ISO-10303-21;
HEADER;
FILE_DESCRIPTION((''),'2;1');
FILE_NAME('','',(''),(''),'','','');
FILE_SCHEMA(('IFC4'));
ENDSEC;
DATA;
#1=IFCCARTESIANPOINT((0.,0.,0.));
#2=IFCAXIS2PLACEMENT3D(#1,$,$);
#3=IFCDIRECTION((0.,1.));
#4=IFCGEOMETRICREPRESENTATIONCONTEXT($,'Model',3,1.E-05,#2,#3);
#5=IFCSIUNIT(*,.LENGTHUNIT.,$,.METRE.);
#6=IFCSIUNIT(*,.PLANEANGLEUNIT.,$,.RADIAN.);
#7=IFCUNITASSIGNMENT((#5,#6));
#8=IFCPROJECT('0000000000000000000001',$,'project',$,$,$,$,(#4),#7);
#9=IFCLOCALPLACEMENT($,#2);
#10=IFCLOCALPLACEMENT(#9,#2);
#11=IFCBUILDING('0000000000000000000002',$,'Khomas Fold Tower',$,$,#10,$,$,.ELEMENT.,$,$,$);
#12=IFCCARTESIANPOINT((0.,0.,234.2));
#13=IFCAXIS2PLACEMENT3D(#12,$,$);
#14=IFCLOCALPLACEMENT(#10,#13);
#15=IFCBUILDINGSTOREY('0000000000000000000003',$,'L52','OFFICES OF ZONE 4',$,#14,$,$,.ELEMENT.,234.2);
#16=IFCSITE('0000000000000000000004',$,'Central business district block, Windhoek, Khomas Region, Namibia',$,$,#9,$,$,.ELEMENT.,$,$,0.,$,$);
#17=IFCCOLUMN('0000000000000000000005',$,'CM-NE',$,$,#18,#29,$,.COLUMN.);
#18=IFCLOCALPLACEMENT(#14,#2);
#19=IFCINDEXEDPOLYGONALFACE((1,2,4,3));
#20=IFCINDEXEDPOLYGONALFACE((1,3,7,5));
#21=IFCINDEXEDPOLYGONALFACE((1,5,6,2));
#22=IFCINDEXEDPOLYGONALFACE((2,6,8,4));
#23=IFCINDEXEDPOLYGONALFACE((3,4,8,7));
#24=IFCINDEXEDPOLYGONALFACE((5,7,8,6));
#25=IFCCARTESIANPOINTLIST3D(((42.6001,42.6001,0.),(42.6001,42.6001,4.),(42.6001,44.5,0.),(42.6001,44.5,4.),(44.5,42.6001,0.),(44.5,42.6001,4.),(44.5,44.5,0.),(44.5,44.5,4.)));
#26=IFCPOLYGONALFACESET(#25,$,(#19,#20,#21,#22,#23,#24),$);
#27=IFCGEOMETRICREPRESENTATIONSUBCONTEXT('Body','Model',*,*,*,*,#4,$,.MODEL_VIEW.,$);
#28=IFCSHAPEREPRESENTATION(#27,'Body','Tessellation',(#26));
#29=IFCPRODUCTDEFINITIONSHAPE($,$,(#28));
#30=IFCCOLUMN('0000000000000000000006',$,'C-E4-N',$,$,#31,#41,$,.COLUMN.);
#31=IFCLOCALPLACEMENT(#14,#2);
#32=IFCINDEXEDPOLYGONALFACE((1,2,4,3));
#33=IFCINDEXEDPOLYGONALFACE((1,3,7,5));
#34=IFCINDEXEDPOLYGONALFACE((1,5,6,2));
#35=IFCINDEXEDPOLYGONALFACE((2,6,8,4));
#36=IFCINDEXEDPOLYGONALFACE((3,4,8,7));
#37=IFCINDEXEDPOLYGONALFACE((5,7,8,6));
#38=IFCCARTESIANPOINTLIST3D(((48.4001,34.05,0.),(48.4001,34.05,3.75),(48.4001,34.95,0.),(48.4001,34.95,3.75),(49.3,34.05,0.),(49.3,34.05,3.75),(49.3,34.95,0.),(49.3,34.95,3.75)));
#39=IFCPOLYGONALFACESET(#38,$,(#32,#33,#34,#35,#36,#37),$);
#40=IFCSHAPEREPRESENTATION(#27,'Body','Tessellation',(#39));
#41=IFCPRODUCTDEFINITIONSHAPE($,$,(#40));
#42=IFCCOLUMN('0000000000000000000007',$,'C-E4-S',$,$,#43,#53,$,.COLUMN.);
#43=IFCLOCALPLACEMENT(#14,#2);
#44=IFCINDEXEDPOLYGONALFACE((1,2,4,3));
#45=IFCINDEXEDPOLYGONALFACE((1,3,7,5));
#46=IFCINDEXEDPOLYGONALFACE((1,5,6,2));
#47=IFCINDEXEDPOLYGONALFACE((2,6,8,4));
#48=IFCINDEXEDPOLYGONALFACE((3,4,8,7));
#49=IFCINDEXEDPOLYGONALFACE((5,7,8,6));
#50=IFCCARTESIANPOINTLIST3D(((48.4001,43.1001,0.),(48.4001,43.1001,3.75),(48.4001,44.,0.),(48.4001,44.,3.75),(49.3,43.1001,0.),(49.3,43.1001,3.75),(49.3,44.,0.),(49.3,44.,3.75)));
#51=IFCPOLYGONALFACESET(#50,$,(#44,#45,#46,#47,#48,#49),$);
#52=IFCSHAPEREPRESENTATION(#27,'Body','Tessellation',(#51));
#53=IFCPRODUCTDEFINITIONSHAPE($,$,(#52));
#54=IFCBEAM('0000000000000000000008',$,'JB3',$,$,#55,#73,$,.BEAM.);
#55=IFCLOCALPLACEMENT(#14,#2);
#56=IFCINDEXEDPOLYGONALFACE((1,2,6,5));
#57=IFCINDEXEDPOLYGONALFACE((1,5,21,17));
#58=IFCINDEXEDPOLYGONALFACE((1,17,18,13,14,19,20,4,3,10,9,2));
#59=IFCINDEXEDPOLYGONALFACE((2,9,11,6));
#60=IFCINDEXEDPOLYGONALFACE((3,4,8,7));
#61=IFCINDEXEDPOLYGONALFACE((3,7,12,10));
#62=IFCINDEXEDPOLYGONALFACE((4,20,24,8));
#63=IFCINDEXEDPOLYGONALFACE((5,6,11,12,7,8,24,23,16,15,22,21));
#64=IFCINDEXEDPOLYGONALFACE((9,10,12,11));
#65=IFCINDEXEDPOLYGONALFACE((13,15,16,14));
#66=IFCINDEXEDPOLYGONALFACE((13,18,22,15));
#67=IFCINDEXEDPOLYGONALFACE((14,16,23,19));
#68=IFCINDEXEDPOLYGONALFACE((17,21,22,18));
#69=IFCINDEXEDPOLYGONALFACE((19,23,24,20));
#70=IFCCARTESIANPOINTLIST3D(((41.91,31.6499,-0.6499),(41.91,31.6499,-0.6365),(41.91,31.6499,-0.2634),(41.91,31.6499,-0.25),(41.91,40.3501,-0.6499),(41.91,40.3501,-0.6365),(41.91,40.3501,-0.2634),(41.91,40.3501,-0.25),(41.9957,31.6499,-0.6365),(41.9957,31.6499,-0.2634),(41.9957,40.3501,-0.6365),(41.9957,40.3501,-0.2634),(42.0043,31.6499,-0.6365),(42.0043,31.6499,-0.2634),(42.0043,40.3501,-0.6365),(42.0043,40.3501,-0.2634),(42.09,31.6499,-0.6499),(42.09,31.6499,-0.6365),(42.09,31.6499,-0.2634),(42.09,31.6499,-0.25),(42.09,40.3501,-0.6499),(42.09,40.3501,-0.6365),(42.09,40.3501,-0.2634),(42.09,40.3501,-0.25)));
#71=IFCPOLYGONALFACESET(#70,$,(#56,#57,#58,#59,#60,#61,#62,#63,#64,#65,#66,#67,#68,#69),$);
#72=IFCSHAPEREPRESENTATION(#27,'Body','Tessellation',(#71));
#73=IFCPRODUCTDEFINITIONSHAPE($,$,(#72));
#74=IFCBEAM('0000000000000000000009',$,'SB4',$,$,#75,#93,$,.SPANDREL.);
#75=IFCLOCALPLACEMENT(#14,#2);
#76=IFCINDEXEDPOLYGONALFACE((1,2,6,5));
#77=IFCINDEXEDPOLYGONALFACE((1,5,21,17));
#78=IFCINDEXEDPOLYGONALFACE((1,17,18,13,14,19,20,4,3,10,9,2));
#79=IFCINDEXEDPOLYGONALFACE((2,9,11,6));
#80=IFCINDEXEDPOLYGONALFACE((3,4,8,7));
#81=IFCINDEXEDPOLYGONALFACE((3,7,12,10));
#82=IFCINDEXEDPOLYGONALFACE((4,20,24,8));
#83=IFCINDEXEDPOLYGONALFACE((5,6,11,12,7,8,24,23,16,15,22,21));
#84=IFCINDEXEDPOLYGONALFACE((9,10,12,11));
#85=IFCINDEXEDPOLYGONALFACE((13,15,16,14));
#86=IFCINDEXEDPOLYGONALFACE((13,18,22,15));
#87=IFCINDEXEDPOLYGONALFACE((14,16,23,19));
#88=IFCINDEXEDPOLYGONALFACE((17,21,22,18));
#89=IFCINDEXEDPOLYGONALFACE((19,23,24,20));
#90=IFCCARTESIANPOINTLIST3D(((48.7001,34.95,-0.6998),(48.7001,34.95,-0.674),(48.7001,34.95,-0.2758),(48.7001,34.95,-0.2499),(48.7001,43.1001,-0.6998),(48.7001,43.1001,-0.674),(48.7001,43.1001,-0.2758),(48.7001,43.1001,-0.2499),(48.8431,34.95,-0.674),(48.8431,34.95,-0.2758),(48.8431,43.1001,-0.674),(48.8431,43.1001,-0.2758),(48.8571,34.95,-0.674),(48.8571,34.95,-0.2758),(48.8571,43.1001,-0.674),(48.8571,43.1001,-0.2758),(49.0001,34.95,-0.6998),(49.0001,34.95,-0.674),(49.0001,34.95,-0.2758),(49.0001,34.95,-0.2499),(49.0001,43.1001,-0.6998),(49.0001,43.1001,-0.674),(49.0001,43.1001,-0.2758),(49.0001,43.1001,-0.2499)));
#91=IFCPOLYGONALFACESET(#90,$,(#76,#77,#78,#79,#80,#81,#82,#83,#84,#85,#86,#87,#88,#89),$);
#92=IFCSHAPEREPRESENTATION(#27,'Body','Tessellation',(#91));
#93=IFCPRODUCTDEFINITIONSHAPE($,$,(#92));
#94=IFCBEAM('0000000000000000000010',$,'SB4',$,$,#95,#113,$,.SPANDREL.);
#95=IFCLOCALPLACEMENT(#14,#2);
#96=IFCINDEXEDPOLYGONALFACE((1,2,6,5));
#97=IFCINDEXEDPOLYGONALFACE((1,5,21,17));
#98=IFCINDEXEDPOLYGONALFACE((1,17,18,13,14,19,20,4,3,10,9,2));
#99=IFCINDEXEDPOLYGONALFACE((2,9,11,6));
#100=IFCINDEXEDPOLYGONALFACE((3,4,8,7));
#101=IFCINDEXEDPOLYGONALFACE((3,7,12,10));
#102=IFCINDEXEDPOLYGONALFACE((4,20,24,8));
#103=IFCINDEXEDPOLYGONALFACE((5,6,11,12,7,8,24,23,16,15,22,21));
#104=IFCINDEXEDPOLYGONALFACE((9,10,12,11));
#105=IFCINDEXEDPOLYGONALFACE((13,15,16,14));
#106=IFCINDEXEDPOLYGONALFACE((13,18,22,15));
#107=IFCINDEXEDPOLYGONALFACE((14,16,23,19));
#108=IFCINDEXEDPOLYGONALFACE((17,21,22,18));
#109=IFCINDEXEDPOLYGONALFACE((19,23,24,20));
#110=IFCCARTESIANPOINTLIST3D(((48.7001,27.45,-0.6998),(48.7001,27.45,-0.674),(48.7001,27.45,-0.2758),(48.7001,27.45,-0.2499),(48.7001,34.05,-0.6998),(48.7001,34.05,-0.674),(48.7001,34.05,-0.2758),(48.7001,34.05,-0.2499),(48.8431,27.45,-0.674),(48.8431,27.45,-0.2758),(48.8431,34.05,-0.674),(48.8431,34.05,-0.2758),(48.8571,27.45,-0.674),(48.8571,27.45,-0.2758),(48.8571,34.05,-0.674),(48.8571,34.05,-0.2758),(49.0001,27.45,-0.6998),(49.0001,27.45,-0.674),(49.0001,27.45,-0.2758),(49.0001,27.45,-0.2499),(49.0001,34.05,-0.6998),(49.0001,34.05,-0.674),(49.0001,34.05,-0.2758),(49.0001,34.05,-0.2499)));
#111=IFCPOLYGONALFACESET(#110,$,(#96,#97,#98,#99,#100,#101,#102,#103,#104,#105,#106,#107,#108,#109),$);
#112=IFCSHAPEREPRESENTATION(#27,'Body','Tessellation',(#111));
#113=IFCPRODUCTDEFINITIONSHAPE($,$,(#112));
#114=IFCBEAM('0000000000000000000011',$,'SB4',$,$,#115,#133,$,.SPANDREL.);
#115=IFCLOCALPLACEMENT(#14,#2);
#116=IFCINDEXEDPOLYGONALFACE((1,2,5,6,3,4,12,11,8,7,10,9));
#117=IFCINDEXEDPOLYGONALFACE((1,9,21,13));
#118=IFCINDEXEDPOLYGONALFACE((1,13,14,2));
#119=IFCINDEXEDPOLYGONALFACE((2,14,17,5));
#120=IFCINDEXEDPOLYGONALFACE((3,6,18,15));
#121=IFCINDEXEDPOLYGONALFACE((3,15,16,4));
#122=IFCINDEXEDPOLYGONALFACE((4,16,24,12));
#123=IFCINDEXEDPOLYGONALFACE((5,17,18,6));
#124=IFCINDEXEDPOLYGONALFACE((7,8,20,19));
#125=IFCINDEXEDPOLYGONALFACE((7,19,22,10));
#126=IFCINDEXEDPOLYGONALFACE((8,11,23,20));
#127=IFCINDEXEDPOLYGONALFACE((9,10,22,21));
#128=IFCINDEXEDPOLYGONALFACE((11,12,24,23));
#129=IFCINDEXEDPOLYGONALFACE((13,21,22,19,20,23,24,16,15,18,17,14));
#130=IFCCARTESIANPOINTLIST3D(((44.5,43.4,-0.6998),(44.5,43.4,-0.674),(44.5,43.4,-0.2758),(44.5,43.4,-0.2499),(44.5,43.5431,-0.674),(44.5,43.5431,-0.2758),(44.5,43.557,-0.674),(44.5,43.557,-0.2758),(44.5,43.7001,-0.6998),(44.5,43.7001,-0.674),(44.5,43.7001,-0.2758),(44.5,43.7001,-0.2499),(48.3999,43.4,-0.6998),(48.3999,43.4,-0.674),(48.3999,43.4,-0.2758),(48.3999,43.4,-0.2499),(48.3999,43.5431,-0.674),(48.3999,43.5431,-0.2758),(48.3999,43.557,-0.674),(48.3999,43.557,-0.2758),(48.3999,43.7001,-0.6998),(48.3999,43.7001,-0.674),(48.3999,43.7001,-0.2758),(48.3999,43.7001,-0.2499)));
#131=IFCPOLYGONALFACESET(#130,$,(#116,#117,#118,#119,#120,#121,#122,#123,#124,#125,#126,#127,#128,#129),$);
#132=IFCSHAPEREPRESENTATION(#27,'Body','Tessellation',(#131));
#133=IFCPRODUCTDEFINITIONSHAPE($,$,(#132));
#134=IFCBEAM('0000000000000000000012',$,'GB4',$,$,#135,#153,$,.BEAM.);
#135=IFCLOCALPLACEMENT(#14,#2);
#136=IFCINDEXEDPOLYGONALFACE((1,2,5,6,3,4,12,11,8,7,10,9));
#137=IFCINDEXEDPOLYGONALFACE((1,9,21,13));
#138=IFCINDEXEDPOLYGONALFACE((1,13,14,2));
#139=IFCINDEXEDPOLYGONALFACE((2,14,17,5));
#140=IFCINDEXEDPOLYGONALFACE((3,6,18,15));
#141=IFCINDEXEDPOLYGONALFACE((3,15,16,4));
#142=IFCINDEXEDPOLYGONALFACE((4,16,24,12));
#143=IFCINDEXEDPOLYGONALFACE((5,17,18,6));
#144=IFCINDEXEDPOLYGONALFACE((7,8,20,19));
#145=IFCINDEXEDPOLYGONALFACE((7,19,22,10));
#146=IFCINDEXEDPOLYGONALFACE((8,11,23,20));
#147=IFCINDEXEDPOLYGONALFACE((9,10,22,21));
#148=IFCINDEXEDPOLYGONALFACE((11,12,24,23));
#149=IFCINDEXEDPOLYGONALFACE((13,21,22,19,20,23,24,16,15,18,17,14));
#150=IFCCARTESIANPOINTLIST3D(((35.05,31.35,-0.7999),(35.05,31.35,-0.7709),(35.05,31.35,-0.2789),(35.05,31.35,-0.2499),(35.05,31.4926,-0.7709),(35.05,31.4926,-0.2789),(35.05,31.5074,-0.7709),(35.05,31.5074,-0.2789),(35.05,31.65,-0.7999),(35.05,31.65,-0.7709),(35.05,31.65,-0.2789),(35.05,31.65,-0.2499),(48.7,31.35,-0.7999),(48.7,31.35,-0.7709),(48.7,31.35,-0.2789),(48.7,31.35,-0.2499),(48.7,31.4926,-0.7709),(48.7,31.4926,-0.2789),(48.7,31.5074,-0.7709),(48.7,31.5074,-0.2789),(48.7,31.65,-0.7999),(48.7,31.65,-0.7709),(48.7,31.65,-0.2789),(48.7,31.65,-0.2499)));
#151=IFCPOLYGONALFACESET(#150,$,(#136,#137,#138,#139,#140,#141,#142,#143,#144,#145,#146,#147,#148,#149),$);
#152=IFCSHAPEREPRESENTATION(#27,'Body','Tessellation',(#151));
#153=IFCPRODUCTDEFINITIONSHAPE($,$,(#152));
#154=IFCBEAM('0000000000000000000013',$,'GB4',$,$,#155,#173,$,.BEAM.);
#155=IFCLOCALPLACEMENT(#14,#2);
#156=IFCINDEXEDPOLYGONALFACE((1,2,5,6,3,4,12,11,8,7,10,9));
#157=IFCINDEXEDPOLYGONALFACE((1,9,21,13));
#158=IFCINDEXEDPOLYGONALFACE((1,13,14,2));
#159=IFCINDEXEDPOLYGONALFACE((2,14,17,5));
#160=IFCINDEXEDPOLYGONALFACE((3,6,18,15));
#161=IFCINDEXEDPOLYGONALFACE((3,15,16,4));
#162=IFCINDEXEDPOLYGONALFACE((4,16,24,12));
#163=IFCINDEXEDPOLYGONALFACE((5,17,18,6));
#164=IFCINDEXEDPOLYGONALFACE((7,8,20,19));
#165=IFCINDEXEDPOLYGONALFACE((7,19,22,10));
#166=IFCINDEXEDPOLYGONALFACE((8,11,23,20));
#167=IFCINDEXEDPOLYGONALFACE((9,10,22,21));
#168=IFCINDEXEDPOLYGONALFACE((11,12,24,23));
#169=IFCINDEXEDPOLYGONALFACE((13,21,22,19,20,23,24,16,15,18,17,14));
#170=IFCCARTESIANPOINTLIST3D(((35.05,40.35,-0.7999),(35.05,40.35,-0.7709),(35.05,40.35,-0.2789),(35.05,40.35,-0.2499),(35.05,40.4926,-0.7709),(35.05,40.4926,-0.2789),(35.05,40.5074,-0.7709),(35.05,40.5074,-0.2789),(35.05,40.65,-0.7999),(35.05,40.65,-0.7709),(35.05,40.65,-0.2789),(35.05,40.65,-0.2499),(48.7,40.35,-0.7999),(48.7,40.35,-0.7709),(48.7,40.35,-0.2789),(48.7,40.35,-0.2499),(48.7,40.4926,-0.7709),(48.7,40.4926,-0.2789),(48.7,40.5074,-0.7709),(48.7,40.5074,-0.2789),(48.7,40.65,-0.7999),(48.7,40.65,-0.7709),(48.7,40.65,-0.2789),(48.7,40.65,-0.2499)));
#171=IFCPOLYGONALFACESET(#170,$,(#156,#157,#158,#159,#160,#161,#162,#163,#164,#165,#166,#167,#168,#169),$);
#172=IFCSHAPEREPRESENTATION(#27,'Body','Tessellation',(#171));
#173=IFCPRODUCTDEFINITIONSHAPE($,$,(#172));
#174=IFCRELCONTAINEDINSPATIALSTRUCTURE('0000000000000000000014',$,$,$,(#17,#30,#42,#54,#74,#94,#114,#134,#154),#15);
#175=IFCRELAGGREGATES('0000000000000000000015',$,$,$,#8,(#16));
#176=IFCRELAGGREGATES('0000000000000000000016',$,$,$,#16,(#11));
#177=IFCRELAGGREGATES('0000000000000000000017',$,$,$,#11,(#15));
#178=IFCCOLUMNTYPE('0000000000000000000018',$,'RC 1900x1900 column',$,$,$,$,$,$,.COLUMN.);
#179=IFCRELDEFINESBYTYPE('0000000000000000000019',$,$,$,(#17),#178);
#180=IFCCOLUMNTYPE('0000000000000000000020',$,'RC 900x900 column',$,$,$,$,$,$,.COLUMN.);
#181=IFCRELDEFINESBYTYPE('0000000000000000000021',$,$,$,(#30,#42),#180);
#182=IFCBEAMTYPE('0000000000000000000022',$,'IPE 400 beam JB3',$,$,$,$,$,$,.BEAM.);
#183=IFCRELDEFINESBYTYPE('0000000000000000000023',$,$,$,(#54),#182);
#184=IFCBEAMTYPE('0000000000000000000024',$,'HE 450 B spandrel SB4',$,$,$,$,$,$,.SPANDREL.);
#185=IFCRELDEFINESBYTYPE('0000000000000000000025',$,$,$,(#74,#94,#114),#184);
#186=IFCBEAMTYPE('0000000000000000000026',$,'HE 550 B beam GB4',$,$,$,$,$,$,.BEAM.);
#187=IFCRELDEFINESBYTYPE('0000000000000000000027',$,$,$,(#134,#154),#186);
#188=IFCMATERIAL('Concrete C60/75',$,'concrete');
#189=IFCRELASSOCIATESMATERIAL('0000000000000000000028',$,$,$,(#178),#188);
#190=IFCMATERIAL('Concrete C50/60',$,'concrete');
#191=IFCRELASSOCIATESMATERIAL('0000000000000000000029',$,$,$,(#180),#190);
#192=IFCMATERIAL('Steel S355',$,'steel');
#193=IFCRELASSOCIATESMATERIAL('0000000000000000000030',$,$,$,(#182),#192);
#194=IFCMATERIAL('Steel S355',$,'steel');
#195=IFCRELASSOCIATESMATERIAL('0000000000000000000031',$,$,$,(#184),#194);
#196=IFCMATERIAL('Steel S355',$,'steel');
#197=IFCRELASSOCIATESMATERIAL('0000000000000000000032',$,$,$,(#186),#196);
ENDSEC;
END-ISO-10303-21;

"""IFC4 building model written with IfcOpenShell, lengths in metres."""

from ifc_helpers import new_model, si_unit, direction, frame, origin, origin_2d, place, context, subcontext, project, spatial, rectangle, i_section, extrude, source, transform, mapped, material, material_profile, profile_set, type_object, element, save


model = new_model("IFC4")

# Units and contexts
model_context = context("Model", 3, precision=1e-05, world=origin(), true_north=direction((0.0, 1.0)))
body_context = subcontext(model_context, "Body", "Model", "MODEL_VIEW")
ifc_project = project(units=[si_unit("LENGTHUNIT", "METRE"), si_unit("PLANEANGLEUNIT", "RADIAN")], contexts=[model_context])

# Site, building, storey
site_placement = place(None, origin())
site = spatial("IfcSite", under=ifc_project, at=site_placement, Name="Central business district block, Windhoek, Khomas Region, Namibia", CompositionType="ELEMENT", RefElevation=0.0)
building_placement = place(site_placement, origin())
building = spatial("IfcBuilding", under=site, at=building_placement, Name="Khomas Fold Tower", CompositionType="ELEMENT")
storey_placement = place(building_placement, frame((0.0, 0.0, 234.2)))
storey = spatial("IfcBuildingStorey", under=building, at=storey_placement, Name="L52", Description="OFFICES OF ZONE 4", CompositionType="ELEMENT", Elevation=234.2)

# Columns
ifc_material_1 = material(Name="Concrete C60/75", Category="concrete")
ifc_material_profile_1 = material_profile(ifc_material_1, rectangle(XDim=1.8999, YDim=1.8999, at=origin_2d()), Name="RC 1900x1900")
ifc_profile_set_1 = profile_set([ifc_material_profile_1], Name="Concrete C60/75")
column_type_1 = type_object("IfcColumnType", Name="RC 1900x1900 column", PredefinedType="COLUMN", material=ifc_profile_set_1)
shared_shape_1 = source(origin(), body_context, "Body", "SweptSolid", [
    extrude(rectangle(XDim=1.8999, YDim=1.8999, at=origin_2d()), origin(), (0.0, 0.0, 1.0), 4.0),
])
column_placement = place(storey_placement, frame((43.55, 43.55, 0.0), z_axis=(0.0, 0.0, 1.0), x_axis=(1.0, 0.0, 0.0)))
element("IfcColumn", 1, at=column_placement, inside=storey, type_object=column_type_1, Name="CM-NE", PredefinedType="COLUMN", context=body_context, shape_type="MappedRepresentation", body=[
    mapped(shared_shape_1, transform((0.0, 0.0, 0.0))),
])
ifc_material_2 = material(Name="Concrete C50/60", Category="concrete")
ifc_material_profile_2 = material_profile(ifc_material_2, rectangle(XDim=0.8999, YDim=0.8999, at=origin_2d()), Name="RC 900x900")
ifc_profile_set_2 = profile_set([ifc_material_profile_2], Name="Concrete C50/60")
column_type_2 = type_object("IfcColumnType", Name="RC 900x900 column", PredefinedType="COLUMN", material=ifc_profile_set_2)
shared_shape_2 = source(origin(), body_context, "Body", "SweptSolid", [
    extrude(rectangle(XDim=0.8999, YDim=0.8999, at=origin_2d()), origin(), (0.0, 0.0, 1.0), 3.75),
])
for number, where, z_axis, x_axis, name in (
    (2, (48.8501, 34.5, 0.0), (0.0, 0.0, 1.0), (1.0, 0.0, 0.0), "C-E4-N"),
    (3, (48.8501, 43.55, 0.0), (0.0, 0.0, 1.0), (1.0, 0.0, 0.0), "C-E4-S"),
):
    element("IfcColumn", number, at=place(storey_placement, frame(where, z_axis=z_axis, x_axis=x_axis)), inside=storey, type_object=column_type_2, Name=name, PredefinedType="COLUMN", context=body_context, shape_type="MappedRepresentation", body=[
        mapped(shared_shape_2, transform((0.0, 0.0, 0.0))),
    ])

# Beams
ifc_material_3 = material(Name="Steel S355", Category="steel")
ifc_material_profile_3 = material_profile(ifc_material_3, i_section(OverallWidth=0.1799, OverallDepth=0.3999, WebThickness=0.0085, FlangeThickness=0.0134, at=origin_2d()), Name="IPE 400")
ifc_profile_set_3 = profile_set([ifc_material_profile_3], Name="Steel S355")
beam_type_1 = type_object("IfcBeamType", Name="IPE 400 beam JB3", PredefinedType="BEAM", material=ifc_profile_set_3)
shared_shape_3 = source(origin(), body_context, "Body", "SweptSolid", [
    extrude(i_section(OverallWidth=0.1799, OverallDepth=0.3999, WebThickness=0.0085, FlangeThickness=0.0134, at=origin_2d()), origin(), (0.0, 0.0, 1.0), 8.7002),
])
beam_1_placement = place(storey_placement, frame((42.0, 31.6499, -0.45), z_axis=(0.0, 1.0, 0.0), x_axis=(-1.0, 0.0, 0.0)))
element("IfcBeam", 4, at=beam_1_placement, inside=storey, type_object=beam_type_1, Name="JB3", PredefinedType="BEAM", context=body_context, shape_type="MappedRepresentation", body=[
    mapped(shared_shape_3, transform((0.0, 0.0, 0.0))),
])
ifc_material_4 = material(Name="Steel S355", Category="steel")
ifc_material_profile_4 = material_profile(ifc_material_4, i_section(OverallWidth=0.3, OverallDepth=0.45, WebThickness=0.0139, FlangeThickness=0.0259, at=origin_2d()), Name="HE 450 B")
ifc_profile_set_4 = profile_set([ifc_material_profile_4], Name="Steel S355")
beam_type_2 = type_object("IfcBeamType", Name="HE 450 B spandrel SB4", PredefinedType="SPANDREL", material=ifc_profile_set_4)
shared_shape_4 = source(origin(), body_context, "Body", "SweptSolid", [
    extrude(i_section(OverallWidth=0.3, OverallDepth=0.45, WebThickness=0.0139, FlangeThickness=0.0259, at=origin_2d()), origin(), (0.0, 0.0, 1.0), 8.1501),
])
beam_2_placement = place(storey_placement, frame((48.8501, 34.95, -0.4749), z_axis=(0.0, 1.0, 0.0), x_axis=(-1.0, 0.0, 0.0)))
element("IfcBeam", 5, at=beam_2_placement, inside=storey, type_object=beam_type_2, Name="SB4", PredefinedType="SPANDREL", context=body_context, shape_type="MappedRepresentation", body=[
    mapped(shared_shape_4, transform((0.0, 0.0, 0.0))),
])
shared_shape_5 = source(origin(), body_context, "Body", "SweptSolid", [
    extrude(i_section(OverallWidth=0.3, OverallDepth=0.45, WebThickness=0.0139, FlangeThickness=0.0259, at=origin_2d()), origin(), (0.0, 0.0, 1.0), 6.6001),
])
beam_3_placement = place(storey_placement, frame((48.8501, 27.45, -0.4749), z_axis=(0.0, 1.0, 0.0), x_axis=(-1.0, 0.0, 0.0)))
element("IfcBeam", 6, at=beam_3_placement, inside=storey, type_object=beam_type_2, Name="SB4", PredefinedType="SPANDREL", context=body_context, shape_type="MappedRepresentation", body=[
    mapped(shared_shape_5, transform((0.0, 0.0, 0.0))),
])
shared_shape_6 = source(origin(), body_context, "Body", "SweptSolid", [
    extrude(i_section(OverallWidth=0.3, OverallDepth=0.45, WebThickness=0.0139, FlangeThickness=0.0259, at=origin_2d()), origin(), (0.0, 0.0, 1.0), 3.8999),
])
beam_4_placement = place(storey_placement, frame((44.5, 43.55, -0.4749), z_axis=(1.0, 0.0, 0.0), x_axis=(0.0, 1.0, 0.0)))
element("IfcBeam", 7, at=beam_4_placement, inside=storey, type_object=beam_type_2, Name="SB4", PredefinedType="SPANDREL", context=body_context, shape_type="MappedRepresentation", body=[
    mapped(shared_shape_6, transform((0.0, 0.0, 0.0))),
])
ifc_material_5 = material(Name="Steel S355", Category="steel")
ifc_material_profile_5 = material_profile(ifc_material_5, i_section(OverallWidth=0.3, OverallDepth=0.55, WebThickness=0.0149, FlangeThickness=0.0291, at=origin_2d()), Name="HE 550 B")
ifc_profile_set_5 = profile_set([ifc_material_profile_5], Name="Steel S355")
beam_type_3 = type_object("IfcBeamType", Name="HE 550 B beam GB4", PredefinedType="BEAM", material=ifc_profile_set_5)
shared_shape_7 = source(origin(), body_context, "Body", "SweptSolid", [
    extrude(i_section(OverallWidth=0.3, OverallDepth=0.55, WebThickness=0.0149, FlangeThickness=0.0291, at=origin_2d()), origin(), (0.0, 0.0, 1.0), 13.6499),
])
for number, where, z_axis, x_axis, name in (
    (8, (35.05, 31.5, -0.5249), (1.0, 0.0, 0.0), (0.0, 1.0, 0.0), "GB4"),
    (9, (35.05, 40.5, -0.5249), (1.0, 0.0, 0.0), (0.0, 1.0, 0.0), "GB4"),
):
    element("IfcBeam", number, at=place(storey_placement, frame(where, z_axis=z_axis, x_axis=x_axis)), inside=storey, type_object=beam_type_3, Name=name, PredefinedType="BEAM", context=body_context, shape_type="MappedRepresentation", body=[
        mapped(shared_shape_7, transform((0.0, 0.0, 0.0))),
    ])

save(model, "model.ifc")
